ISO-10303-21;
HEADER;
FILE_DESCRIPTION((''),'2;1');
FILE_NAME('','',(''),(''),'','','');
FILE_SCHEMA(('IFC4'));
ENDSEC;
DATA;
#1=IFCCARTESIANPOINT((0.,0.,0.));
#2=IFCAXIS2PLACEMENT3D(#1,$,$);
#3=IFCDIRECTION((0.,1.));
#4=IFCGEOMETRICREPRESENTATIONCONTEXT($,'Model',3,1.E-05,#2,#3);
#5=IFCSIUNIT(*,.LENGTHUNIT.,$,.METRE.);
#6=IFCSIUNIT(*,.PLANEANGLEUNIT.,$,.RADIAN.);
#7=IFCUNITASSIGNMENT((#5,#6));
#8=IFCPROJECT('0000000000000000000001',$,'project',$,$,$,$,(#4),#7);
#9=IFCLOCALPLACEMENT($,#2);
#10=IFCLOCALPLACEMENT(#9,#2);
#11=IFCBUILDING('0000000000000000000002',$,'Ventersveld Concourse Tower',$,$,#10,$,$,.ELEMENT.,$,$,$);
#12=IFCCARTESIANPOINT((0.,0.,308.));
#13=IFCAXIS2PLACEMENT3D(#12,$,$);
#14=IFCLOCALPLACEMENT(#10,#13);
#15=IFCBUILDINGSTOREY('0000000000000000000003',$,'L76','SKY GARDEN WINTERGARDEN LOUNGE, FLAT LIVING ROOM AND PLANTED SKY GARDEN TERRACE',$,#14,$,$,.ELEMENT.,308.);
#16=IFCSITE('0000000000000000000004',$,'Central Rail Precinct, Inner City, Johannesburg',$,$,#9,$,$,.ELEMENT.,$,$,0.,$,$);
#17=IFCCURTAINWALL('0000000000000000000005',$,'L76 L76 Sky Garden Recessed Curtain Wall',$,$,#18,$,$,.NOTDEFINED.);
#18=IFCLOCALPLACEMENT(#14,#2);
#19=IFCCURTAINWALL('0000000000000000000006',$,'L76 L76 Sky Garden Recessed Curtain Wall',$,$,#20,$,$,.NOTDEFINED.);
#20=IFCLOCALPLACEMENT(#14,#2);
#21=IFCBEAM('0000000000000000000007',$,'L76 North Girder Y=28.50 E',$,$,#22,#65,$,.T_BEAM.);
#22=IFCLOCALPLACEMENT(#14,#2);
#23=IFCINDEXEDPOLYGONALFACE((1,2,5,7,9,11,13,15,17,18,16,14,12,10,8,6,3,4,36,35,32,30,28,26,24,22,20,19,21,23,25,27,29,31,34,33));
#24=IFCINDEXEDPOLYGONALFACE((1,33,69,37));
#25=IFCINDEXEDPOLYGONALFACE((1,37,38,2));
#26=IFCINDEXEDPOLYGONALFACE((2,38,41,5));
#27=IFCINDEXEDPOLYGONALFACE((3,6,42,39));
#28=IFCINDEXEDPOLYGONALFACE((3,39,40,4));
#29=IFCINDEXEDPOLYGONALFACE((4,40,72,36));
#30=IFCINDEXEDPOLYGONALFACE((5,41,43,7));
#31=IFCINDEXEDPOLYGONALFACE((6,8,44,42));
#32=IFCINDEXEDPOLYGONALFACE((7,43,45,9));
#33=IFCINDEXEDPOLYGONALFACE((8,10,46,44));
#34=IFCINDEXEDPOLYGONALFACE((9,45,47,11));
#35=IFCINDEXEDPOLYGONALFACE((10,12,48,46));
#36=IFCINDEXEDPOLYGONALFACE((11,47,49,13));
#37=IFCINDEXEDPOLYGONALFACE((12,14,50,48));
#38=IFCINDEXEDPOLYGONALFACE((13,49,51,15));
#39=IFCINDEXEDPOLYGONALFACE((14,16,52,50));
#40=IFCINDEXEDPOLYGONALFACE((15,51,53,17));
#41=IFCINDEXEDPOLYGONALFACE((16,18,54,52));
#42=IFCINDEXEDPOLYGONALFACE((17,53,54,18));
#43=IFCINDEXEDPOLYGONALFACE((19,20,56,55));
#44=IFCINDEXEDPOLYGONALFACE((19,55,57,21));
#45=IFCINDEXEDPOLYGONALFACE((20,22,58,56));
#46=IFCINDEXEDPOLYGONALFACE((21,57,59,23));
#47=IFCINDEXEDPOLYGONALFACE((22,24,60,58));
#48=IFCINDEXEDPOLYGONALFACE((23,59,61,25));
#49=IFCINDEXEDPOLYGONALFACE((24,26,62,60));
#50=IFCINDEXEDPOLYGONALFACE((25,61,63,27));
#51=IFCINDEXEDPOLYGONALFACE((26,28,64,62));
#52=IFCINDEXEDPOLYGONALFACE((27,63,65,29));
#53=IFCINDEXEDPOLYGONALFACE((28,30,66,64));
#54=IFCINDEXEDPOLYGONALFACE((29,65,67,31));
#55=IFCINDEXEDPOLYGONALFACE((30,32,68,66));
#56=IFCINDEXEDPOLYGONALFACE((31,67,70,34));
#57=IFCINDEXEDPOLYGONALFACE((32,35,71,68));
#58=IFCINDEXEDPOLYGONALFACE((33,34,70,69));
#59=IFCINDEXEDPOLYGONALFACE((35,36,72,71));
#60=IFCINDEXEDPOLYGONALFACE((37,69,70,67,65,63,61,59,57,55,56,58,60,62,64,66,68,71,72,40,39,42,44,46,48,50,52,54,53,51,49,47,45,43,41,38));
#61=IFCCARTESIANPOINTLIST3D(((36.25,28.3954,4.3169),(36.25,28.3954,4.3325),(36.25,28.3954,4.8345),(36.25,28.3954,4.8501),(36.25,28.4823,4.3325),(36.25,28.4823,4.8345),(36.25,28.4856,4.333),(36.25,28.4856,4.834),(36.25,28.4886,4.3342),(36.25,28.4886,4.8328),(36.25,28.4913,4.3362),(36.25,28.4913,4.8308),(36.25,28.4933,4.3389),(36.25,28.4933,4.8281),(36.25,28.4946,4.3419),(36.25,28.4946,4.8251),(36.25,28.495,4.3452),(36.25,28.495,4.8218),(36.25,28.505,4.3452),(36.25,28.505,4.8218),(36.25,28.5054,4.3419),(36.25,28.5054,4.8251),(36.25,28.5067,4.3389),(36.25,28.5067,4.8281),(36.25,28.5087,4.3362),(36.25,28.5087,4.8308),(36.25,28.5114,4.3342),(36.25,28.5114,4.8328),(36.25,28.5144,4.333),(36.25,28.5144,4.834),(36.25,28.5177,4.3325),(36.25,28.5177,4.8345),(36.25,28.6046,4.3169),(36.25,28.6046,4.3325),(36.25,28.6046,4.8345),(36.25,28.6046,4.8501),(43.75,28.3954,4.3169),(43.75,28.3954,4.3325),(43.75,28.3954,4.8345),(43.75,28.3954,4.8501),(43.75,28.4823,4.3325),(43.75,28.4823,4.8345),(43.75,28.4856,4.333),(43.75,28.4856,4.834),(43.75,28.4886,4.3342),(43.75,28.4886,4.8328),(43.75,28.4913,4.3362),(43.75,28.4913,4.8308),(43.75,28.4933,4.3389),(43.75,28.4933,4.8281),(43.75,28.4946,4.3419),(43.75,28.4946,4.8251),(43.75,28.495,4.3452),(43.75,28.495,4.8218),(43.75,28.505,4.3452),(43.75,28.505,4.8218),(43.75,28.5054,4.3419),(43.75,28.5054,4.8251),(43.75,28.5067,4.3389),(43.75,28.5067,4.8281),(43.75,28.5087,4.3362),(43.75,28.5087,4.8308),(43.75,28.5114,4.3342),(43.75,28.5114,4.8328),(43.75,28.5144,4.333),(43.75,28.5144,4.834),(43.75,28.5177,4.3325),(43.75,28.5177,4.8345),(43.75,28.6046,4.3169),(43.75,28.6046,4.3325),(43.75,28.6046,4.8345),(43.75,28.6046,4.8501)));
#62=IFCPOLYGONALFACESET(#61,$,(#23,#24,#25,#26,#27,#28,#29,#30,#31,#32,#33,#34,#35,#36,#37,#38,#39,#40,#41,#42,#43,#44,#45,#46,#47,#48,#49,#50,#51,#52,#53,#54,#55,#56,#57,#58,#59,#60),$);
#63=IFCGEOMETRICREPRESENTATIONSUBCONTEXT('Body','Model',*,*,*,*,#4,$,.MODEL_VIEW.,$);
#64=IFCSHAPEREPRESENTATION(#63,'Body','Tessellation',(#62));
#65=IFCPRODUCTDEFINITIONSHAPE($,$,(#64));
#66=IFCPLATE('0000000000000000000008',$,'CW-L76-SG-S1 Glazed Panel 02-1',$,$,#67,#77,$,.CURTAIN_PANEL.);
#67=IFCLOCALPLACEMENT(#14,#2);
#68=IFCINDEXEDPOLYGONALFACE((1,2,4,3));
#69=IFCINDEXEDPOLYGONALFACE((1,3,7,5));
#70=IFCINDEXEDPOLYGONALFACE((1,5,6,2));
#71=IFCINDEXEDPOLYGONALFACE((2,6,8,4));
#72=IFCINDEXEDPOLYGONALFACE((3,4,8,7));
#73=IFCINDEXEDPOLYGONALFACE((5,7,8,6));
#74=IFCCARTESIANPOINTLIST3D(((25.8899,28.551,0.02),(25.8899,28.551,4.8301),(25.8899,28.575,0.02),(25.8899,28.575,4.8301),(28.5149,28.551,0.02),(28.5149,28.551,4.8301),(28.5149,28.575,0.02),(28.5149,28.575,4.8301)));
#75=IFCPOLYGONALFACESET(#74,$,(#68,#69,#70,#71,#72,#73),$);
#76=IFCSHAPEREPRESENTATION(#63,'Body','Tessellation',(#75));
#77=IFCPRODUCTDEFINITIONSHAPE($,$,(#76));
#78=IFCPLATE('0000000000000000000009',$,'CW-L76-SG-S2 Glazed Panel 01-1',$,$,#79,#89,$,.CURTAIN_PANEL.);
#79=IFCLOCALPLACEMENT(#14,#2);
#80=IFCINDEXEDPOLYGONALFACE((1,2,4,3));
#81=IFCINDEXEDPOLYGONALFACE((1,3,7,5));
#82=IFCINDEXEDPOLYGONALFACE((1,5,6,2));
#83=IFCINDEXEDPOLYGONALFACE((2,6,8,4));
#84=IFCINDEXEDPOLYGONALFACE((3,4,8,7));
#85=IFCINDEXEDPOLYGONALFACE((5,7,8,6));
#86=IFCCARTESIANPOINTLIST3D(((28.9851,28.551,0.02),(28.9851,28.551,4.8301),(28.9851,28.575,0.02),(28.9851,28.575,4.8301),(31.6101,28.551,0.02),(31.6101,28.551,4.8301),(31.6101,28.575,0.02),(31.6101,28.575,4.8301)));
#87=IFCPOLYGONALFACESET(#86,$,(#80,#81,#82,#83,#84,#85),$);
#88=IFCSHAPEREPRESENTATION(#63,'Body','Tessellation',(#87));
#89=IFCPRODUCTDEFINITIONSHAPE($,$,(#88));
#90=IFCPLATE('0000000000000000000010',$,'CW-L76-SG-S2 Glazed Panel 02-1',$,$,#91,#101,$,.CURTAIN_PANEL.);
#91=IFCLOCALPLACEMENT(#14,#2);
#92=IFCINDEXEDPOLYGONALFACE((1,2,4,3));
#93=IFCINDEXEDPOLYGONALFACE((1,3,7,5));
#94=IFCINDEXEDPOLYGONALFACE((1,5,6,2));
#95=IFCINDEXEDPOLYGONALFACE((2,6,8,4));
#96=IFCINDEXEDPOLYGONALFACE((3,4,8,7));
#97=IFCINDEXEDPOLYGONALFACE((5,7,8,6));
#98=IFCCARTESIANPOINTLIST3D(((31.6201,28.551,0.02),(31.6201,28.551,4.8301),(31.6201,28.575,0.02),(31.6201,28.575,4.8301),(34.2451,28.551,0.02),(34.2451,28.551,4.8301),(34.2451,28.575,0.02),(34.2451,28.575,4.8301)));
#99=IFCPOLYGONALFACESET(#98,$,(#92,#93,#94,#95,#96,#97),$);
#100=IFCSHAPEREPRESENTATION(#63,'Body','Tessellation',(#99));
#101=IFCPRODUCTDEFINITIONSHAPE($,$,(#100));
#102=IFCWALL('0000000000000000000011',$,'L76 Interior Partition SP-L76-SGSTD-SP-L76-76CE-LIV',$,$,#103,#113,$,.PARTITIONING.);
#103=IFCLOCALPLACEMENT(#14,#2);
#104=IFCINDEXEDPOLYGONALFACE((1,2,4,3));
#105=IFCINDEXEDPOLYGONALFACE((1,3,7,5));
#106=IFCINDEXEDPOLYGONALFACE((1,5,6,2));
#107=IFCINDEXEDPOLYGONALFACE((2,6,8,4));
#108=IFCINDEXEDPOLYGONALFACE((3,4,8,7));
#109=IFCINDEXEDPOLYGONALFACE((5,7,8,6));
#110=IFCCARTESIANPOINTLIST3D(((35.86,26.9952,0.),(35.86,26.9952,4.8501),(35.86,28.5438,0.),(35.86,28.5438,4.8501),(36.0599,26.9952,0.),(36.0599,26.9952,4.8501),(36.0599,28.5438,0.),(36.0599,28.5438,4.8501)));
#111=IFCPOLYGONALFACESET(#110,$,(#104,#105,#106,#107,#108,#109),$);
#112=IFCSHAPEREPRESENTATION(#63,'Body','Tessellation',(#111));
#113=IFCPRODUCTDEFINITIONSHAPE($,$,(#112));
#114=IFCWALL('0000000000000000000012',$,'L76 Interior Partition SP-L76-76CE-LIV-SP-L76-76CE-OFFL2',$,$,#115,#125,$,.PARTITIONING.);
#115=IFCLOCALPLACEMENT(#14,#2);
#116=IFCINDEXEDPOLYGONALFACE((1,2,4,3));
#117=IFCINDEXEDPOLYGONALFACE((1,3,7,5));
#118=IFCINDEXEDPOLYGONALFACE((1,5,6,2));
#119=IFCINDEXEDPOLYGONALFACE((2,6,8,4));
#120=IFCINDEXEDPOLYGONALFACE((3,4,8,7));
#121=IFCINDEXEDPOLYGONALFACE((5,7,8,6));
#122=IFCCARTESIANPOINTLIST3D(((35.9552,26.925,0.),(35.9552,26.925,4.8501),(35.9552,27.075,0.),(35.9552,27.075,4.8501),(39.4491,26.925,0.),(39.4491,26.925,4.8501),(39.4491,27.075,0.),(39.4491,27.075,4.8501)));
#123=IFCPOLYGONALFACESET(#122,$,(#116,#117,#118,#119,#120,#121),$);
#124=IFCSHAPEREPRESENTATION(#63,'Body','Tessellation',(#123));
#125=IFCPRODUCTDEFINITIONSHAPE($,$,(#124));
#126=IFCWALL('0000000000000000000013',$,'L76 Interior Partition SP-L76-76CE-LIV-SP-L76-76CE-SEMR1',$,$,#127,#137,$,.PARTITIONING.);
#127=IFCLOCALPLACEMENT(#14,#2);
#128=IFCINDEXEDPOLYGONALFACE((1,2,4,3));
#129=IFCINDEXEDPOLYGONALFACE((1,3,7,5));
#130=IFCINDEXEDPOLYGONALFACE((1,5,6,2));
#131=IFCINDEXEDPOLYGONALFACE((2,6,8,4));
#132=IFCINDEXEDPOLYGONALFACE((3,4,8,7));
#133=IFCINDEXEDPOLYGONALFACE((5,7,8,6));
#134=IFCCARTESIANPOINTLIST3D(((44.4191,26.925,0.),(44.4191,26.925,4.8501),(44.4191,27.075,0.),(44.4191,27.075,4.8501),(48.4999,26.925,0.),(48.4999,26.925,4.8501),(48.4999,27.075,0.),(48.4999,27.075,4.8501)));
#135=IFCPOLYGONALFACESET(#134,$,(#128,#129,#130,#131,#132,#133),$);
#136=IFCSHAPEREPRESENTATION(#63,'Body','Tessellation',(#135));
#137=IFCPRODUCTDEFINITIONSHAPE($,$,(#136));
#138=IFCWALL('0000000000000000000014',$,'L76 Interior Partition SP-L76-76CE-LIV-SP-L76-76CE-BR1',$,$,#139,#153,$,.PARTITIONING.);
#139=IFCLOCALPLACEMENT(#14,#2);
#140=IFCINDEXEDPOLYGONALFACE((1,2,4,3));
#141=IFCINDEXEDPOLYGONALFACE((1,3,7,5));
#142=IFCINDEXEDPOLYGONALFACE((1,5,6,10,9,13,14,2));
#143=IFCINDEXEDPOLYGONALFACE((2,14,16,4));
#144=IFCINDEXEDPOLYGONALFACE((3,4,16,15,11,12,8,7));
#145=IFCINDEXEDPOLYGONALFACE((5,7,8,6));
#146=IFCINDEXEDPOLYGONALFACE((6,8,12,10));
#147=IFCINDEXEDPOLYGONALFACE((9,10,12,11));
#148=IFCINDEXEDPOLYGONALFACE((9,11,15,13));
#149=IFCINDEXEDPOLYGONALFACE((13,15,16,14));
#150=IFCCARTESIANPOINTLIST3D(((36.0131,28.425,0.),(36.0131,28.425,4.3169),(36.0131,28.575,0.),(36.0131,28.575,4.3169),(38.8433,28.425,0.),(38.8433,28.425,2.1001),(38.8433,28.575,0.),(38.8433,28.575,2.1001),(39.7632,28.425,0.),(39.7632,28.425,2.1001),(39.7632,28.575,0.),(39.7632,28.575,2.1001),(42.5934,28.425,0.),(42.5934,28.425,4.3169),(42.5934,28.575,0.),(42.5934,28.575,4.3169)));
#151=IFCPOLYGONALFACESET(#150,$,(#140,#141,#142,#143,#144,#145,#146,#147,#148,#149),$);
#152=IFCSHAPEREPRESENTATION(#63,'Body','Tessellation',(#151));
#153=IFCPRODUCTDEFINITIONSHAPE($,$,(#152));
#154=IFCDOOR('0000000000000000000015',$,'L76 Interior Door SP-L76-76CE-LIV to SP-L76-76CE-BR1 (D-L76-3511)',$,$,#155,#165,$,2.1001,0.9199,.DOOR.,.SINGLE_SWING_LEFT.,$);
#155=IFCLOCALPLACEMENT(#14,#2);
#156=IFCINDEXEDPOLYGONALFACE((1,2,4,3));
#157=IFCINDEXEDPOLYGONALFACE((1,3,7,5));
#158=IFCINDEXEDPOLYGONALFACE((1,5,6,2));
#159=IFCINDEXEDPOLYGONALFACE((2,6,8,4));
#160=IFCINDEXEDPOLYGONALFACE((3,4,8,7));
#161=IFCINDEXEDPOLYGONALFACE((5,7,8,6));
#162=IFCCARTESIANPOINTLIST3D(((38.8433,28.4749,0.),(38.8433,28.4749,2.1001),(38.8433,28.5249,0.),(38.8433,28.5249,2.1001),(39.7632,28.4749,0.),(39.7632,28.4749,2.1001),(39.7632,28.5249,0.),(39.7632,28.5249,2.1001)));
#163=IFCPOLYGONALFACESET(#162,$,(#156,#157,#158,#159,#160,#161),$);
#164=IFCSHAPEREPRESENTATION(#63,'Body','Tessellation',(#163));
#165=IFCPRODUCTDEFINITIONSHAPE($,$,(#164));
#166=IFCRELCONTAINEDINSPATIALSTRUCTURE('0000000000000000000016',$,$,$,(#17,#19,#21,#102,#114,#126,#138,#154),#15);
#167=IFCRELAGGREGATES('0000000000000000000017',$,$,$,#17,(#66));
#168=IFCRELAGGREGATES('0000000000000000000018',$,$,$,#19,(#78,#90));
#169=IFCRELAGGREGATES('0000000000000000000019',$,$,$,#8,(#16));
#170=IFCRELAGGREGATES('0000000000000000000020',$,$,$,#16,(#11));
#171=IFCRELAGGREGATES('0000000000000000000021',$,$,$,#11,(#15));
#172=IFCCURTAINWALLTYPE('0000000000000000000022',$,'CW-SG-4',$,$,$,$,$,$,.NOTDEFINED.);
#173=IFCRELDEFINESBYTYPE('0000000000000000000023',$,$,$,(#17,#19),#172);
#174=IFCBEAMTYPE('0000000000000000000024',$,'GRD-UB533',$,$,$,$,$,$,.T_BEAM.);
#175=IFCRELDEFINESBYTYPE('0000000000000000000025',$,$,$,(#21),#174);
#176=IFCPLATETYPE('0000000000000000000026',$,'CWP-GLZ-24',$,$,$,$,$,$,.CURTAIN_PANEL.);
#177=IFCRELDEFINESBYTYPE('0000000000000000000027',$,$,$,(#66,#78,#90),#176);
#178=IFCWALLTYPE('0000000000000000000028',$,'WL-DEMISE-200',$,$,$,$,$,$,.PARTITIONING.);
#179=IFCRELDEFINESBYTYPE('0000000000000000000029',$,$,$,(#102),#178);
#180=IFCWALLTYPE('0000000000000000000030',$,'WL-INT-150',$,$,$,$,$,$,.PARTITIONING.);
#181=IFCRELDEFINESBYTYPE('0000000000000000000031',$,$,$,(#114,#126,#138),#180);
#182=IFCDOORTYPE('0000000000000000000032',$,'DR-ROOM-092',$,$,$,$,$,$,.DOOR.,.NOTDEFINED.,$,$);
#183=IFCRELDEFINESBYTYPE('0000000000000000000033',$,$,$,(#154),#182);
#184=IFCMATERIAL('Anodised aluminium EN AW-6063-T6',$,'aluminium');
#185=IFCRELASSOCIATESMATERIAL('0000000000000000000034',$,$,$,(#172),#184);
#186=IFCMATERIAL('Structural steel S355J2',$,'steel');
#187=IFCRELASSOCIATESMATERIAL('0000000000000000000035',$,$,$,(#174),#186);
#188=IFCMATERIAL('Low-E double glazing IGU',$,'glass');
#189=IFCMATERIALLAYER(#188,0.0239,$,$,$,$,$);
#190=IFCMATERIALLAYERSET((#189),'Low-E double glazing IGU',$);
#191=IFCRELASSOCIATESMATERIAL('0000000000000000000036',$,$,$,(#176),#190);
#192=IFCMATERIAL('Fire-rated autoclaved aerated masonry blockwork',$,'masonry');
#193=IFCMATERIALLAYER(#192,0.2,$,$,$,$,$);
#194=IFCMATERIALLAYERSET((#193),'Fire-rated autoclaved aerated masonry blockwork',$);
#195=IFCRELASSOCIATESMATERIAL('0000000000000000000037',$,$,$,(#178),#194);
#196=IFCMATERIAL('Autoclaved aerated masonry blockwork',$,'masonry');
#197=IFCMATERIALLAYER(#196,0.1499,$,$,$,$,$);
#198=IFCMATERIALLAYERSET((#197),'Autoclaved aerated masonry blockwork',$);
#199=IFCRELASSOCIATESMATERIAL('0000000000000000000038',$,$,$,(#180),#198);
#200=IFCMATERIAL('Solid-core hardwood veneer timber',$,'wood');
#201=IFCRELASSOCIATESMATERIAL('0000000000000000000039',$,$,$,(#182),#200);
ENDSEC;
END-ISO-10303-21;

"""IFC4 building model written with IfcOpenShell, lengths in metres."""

from ifc_helpers import new_model, si_unit, direction, frame, frame_2d, origin, origin_2d, place, context, subcontext, project, spatial, rectangle, i_section, extrude, material, layer, layer_set, material_profile, profile_set, type_object, element, fill, aggregate, save


model = new_model("IFC4")

# Units and contexts
model_context = context("Model", 3, precision=1e-05, world=origin(), true_north=direction((0.0, 1.0)))
body_context = subcontext(model_context, "Body", "Model", "MODEL_VIEW")
ifc_project = project(units=[si_unit("LENGTHUNIT", "METRE"), si_unit("PLANEANGLEUNIT", "RADIAN")], contexts=[model_context])

# Site, building, storey
site_placement = place(None, origin())
site = spatial("IfcSite", under=ifc_project, at=site_placement, Name="Central Rail Precinct, Inner City, Johannesburg", CompositionType="ELEMENT", RefElevation=0.0)
building_placement = place(site_placement, origin())
building = spatial("IfcBuilding", under=site, at=building_placement, Name="Ventersveld Concourse Tower", CompositionType="ELEMENT")
storey_placement = place(building_placement, frame((0.0, 0.0, 308.0)))
storey = spatial("IfcBuildingStorey", under=building, at=storey_placement, Name="L76", Description="SKY GARDEN WINTERGARDEN LOUNGE, FLAT LIVING ROOM AND PLANTED SKY GARDEN TERRACE", CompositionType="ELEMENT", Elevation=308.0)

# Shared definitions
ifc_material_1 = material(Name="Structural steel S355J2", Category="steel")

# Curtain wall
ifc_material_2 = material(Name="Anodised aluminium EN AW-6063-T6", Category="aluminium")
curtain_wall_type = type_object("IfcCurtainWallType", Name="CW-SG-4", PredefinedType="NOTDEFINED", material=ifc_material_2)
curtain_wall_1_placement = place(storey_placement, origin())
curtain_wall_1 = element("IfcCurtainWall", 1, at=curtain_wall_1_placement, inside=storey, type_object=curtain_wall_type, Name="L76 L76 Sky Garden Recessed Curtain Wall", PredefinedType="NOTDEFINED")

# Curtain wall
curtain_wall_2_placement = place(storey_placement, origin())
curtain_wall_2 = element("IfcCurtainWall", 2, at=curtain_wall_2_placement, inside=storey, type_object=curtain_wall_type, Name="L76 L76 Sky Garden Recessed Curtain Wall", PredefinedType="NOTDEFINED")

# Beam
ifc_material_profile_1 = material_profile(ifc_material_1, i_section(OverallWidth=0.2092, OverallDepth=0.5332, WebThickness=0.01, FlangeThickness=0.0156, FilletRadius=0.0127, at=origin_2d()), Name="UB 533x210x92")
ifc_profile_set_1 = profile_set([ifc_material_profile_1], Name="Structural steel S355J2")
beam_type_1 = type_object("IfcBeamType", Name="GRD-UB533", PredefinedType="T_BEAM", material=ifc_profile_set_1)
beam_1_placement = place(storey_placement, frame((36.25, 28.5, 4.5835), z_axis=(1.0, 0.0, 0.0), x_axis=(0.0, 1.0, 0.0)))
element("IfcBeam", 3, at=beam_1_placement, inside=storey, type_object=beam_type_1, Name="L76 North Girder Y=28.50 E", PredefinedType="T_BEAM", context=body_context, shape_type="SweptSolid", body=[
    extrude(i_section(OverallWidth=0.2092, OverallDepth=0.5332, WebThickness=0.01, FlangeThickness=0.0156, FilletRadius=0.0127, at=origin_2d()), origin(), (0.0, 0.0, 1.0), 7.5),
])

# Plates
ifc_material_3 = material(Name="Low-E double glazing IGU", Category="glass")
ifc_layer_1 = layer(ifc_material_3, 0.0239)
ifc_layer_set_1 = layer_set([ifc_layer_1], Name="Low-E double glazing IGU")
plate_type = type_object("IfcPlateType", Name="CWP-GLZ-24", PredefinedType="CURTAIN_PANEL", material=ifc_layer_set_1)
plate_1_placement = place(storey_placement, frame((27.2024, 28.563, 0.02), z_axis=(0.0, 0.0, 1.0), x_axis=(1.0, 0.0, 0.0)))
plate_1 = element("IfcPlate", 4, at=plate_1_placement, type_object=plate_type, Name="CW-L76-SG-S1 Glazed Panel 02-1", PredefinedType="CURTAIN_PANEL", context=body_context, shape_type="SweptSolid", body=[
    extrude(rectangle(XDim=2.625, YDim=0.0239, at=origin_2d()), origin(), (0.0, 0.0, 1.0), 4.8101),
])
aggregate(curtain_wall_1, [plate_1])
plate_2_placement = place(storey_placement, frame((30.2976, 28.563, 0.02), z_axis=(0.0, 0.0, 1.0), x_axis=(1.0, 0.0, 0.0)))
plate_2 = element("IfcPlate", 5, at=plate_2_placement, type_object=plate_type, Name="CW-L76-SG-S2 Glazed Panel 01-1", PredefinedType="CURTAIN_PANEL", context=body_context, shape_type="SweptSolid", body=[
    extrude(rectangle(XDim=2.625, YDim=0.0239, at=origin_2d()), origin(), (0.0, 0.0, 1.0), 4.8101),
])
plate_3_placement = place(storey_placement, frame((32.9326, 28.563, 0.02), z_axis=(0.0, 0.0, 1.0), x_axis=(1.0, 0.0, 0.0)))
plate_3 = element("IfcPlate", 6, at=plate_3_placement, type_object=plate_type, Name="CW-L76-SG-S2 Glazed Panel 02-1", PredefinedType="CURTAIN_PANEL", context=body_context, shape_type="SweptSolid", body=[
    extrude(rectangle(XDim=2.625, YDim=0.0239, at=origin_2d()), origin(), (0.0, 0.0, 1.0), 4.8101),
])
aggregate(curtain_wall_2, [plate_2, plate_3])

# Walls
ifc_material_4 = material(Name="Fire-rated autoclaved aerated masonry blockwork", Category="masonry")
ifc_layer_2 = layer(ifc_material_4, 0.2)
ifc_layer_set_2 = layer_set([ifc_layer_2], Name="Fire-rated autoclaved aerated masonry blockwork")
wall_type_1 = type_object("IfcWallType", Name="WL-DEMISE-200", PredefinedType="PARTITIONING", material=ifc_layer_set_2)
wall_1_placement = place(storey_placement, frame((35.96, 26.9951, 0.0), z_axis=(0.0, 0.0, 1.0), x_axis=(0.0, 1.0, 0.0)))
element("IfcWall", 7, at=wall_1_placement, inside=storey, type_object=wall_type_1, Name="L76 Interior Partition SP-L76-SGSTD-SP-L76-76CE-LIV", PredefinedType="PARTITIONING", context=body_context, shape_type="SweptSolid", body=[
    extrude(rectangle(XDim=1.5486, YDim=0.2, at=frame_2d((0.7744, 0.0))), origin(), (0.0, 0.0, 1.0), 4.8501),
])
ifc_material_5 = material(Name="Autoclaved aerated masonry blockwork", Category="masonry")
ifc_layer_3 = layer(ifc_material_5, 0.1499)
ifc_layer_set_3 = layer_set([ifc_layer_3], Name="Autoclaved aerated masonry blockwork")
wall_type_2 = type_object("IfcWallType", Name="WL-INT-150", PredefinedType="PARTITIONING", material=ifc_layer_set_3)
wall_2_placement = place(storey_placement, frame((35.9551, 27.0, 0.0), z_axis=(0.0, 0.0, 1.0), x_axis=(1.0, 0.0, 0.0)))
element("IfcWall", 8, at=wall_2_placement, inside=storey, type_object=wall_type_2, Name="L76 Interior Partition SP-L76-76CE-LIV-SP-L76-76CE-OFFL2", PredefinedType="PARTITIONING", context=body_context, shape_type="SweptSolid", body=[
    extrude(rectangle(XDim=3.4939, YDim=0.1499, at=frame_2d((1.7471, 0.0))), origin(), (0.0, 0.0, 1.0), 4.8501),
])
wall_3_placement = place(storey_placement, frame((44.4189, 27.0, 0.0), z_axis=(0.0, 0.0, 1.0), x_axis=(1.0, 0.0, 0.0)))
element("IfcWall", 9, at=wall_3_placement, inside=storey, type_object=wall_type_2, Name="L76 Interior Partition SP-L76-76CE-LIV-SP-L76-76CE-SEMR1", PredefinedType="PARTITIONING", context=body_context, shape_type="SweptSolid", body=[
    extrude(rectangle(XDim=4.0808, YDim=0.1499, at=frame_2d((2.0405, 0.0))), origin(), (0.0, 0.0, 1.0), 4.8501),
])

# Wall, opening, door
wall_4_placement = place(storey_placement, frame((36.0132, 28.5, 0.0), z_axis=(0.0, 0.0, 1.0), x_axis=(1.0, 0.0, 0.0)))
wall_4 = element("IfcWall", 10, at=wall_4_placement, inside=storey, type_object=wall_type_2, Name="L76 Interior Partition SP-L76-76CE-LIV-SP-L76-76CE-BR1", PredefinedType="PARTITIONING", context=body_context, shape_type="SweptSolid", body=[
    extrude(rectangle(XDim=6.5803, YDim=0.1499, at=frame_2d((3.29, 0.0))), origin(), (0.0, 0.0, 1.0), 4.3169),
])
opening_1_placement = place(wall_4_placement, frame((2.8301, 0.0, 0.0)))
opening_1 = element("IfcOpeningElement", 11, at=opening_1_placement, cuts=wall_4, PredefinedType="OPENING", context=body_context, shape_type="SweptSolid", body=[
    extrude(rectangle(XDim=0.9199, YDim=2.1001, at=frame_2d((0.46, 1.05))), frame((0.0, 0.085, 0.0), z_axis=(0.0, -1.0, 0.0), x_axis=(1.0, 0.0, 0.0)), (0.0, 0.0, 1.0), 0.1699),
])
ifc_material_6 = material(Name="Solid-core hardwood veneer timber", Category="wood")
door_type = type_object("IfcDoorType", Name="DR-ROOM-092", OperationType="NOTDEFINED", PredefinedType="DOOR", material=ifc_material_6)
door_1_placement = place(opening_1_placement, origin())
door_1 = element("IfcDoor", 12, at=door_1_placement, inside=storey, type_object=door_type, Name="L76 Interior Door SP-L76-76CE-LIV to SP-L76-76CE-BR1 (D-L76-3511)", OperationType="SINGLE_SWING_LEFT", OverallHeight=2.1001, OverallWidth=0.9199, PredefinedType="DOOR", context=body_context, shape_type="SweptSolid", body=[
    extrude(rectangle(XDim=0.9199, YDim=2.1001, at=frame_2d((0.46, 1.05))), frame((0.0, 0.0249, 0.0), z_axis=(0.0, -1.0, 0.0), x_axis=(1.0, 0.0, 0.0)), (0.0, 0.0, 1.0), 0.05),
])
fill(opening_1, door_1)

save(model, "model.ifc")
